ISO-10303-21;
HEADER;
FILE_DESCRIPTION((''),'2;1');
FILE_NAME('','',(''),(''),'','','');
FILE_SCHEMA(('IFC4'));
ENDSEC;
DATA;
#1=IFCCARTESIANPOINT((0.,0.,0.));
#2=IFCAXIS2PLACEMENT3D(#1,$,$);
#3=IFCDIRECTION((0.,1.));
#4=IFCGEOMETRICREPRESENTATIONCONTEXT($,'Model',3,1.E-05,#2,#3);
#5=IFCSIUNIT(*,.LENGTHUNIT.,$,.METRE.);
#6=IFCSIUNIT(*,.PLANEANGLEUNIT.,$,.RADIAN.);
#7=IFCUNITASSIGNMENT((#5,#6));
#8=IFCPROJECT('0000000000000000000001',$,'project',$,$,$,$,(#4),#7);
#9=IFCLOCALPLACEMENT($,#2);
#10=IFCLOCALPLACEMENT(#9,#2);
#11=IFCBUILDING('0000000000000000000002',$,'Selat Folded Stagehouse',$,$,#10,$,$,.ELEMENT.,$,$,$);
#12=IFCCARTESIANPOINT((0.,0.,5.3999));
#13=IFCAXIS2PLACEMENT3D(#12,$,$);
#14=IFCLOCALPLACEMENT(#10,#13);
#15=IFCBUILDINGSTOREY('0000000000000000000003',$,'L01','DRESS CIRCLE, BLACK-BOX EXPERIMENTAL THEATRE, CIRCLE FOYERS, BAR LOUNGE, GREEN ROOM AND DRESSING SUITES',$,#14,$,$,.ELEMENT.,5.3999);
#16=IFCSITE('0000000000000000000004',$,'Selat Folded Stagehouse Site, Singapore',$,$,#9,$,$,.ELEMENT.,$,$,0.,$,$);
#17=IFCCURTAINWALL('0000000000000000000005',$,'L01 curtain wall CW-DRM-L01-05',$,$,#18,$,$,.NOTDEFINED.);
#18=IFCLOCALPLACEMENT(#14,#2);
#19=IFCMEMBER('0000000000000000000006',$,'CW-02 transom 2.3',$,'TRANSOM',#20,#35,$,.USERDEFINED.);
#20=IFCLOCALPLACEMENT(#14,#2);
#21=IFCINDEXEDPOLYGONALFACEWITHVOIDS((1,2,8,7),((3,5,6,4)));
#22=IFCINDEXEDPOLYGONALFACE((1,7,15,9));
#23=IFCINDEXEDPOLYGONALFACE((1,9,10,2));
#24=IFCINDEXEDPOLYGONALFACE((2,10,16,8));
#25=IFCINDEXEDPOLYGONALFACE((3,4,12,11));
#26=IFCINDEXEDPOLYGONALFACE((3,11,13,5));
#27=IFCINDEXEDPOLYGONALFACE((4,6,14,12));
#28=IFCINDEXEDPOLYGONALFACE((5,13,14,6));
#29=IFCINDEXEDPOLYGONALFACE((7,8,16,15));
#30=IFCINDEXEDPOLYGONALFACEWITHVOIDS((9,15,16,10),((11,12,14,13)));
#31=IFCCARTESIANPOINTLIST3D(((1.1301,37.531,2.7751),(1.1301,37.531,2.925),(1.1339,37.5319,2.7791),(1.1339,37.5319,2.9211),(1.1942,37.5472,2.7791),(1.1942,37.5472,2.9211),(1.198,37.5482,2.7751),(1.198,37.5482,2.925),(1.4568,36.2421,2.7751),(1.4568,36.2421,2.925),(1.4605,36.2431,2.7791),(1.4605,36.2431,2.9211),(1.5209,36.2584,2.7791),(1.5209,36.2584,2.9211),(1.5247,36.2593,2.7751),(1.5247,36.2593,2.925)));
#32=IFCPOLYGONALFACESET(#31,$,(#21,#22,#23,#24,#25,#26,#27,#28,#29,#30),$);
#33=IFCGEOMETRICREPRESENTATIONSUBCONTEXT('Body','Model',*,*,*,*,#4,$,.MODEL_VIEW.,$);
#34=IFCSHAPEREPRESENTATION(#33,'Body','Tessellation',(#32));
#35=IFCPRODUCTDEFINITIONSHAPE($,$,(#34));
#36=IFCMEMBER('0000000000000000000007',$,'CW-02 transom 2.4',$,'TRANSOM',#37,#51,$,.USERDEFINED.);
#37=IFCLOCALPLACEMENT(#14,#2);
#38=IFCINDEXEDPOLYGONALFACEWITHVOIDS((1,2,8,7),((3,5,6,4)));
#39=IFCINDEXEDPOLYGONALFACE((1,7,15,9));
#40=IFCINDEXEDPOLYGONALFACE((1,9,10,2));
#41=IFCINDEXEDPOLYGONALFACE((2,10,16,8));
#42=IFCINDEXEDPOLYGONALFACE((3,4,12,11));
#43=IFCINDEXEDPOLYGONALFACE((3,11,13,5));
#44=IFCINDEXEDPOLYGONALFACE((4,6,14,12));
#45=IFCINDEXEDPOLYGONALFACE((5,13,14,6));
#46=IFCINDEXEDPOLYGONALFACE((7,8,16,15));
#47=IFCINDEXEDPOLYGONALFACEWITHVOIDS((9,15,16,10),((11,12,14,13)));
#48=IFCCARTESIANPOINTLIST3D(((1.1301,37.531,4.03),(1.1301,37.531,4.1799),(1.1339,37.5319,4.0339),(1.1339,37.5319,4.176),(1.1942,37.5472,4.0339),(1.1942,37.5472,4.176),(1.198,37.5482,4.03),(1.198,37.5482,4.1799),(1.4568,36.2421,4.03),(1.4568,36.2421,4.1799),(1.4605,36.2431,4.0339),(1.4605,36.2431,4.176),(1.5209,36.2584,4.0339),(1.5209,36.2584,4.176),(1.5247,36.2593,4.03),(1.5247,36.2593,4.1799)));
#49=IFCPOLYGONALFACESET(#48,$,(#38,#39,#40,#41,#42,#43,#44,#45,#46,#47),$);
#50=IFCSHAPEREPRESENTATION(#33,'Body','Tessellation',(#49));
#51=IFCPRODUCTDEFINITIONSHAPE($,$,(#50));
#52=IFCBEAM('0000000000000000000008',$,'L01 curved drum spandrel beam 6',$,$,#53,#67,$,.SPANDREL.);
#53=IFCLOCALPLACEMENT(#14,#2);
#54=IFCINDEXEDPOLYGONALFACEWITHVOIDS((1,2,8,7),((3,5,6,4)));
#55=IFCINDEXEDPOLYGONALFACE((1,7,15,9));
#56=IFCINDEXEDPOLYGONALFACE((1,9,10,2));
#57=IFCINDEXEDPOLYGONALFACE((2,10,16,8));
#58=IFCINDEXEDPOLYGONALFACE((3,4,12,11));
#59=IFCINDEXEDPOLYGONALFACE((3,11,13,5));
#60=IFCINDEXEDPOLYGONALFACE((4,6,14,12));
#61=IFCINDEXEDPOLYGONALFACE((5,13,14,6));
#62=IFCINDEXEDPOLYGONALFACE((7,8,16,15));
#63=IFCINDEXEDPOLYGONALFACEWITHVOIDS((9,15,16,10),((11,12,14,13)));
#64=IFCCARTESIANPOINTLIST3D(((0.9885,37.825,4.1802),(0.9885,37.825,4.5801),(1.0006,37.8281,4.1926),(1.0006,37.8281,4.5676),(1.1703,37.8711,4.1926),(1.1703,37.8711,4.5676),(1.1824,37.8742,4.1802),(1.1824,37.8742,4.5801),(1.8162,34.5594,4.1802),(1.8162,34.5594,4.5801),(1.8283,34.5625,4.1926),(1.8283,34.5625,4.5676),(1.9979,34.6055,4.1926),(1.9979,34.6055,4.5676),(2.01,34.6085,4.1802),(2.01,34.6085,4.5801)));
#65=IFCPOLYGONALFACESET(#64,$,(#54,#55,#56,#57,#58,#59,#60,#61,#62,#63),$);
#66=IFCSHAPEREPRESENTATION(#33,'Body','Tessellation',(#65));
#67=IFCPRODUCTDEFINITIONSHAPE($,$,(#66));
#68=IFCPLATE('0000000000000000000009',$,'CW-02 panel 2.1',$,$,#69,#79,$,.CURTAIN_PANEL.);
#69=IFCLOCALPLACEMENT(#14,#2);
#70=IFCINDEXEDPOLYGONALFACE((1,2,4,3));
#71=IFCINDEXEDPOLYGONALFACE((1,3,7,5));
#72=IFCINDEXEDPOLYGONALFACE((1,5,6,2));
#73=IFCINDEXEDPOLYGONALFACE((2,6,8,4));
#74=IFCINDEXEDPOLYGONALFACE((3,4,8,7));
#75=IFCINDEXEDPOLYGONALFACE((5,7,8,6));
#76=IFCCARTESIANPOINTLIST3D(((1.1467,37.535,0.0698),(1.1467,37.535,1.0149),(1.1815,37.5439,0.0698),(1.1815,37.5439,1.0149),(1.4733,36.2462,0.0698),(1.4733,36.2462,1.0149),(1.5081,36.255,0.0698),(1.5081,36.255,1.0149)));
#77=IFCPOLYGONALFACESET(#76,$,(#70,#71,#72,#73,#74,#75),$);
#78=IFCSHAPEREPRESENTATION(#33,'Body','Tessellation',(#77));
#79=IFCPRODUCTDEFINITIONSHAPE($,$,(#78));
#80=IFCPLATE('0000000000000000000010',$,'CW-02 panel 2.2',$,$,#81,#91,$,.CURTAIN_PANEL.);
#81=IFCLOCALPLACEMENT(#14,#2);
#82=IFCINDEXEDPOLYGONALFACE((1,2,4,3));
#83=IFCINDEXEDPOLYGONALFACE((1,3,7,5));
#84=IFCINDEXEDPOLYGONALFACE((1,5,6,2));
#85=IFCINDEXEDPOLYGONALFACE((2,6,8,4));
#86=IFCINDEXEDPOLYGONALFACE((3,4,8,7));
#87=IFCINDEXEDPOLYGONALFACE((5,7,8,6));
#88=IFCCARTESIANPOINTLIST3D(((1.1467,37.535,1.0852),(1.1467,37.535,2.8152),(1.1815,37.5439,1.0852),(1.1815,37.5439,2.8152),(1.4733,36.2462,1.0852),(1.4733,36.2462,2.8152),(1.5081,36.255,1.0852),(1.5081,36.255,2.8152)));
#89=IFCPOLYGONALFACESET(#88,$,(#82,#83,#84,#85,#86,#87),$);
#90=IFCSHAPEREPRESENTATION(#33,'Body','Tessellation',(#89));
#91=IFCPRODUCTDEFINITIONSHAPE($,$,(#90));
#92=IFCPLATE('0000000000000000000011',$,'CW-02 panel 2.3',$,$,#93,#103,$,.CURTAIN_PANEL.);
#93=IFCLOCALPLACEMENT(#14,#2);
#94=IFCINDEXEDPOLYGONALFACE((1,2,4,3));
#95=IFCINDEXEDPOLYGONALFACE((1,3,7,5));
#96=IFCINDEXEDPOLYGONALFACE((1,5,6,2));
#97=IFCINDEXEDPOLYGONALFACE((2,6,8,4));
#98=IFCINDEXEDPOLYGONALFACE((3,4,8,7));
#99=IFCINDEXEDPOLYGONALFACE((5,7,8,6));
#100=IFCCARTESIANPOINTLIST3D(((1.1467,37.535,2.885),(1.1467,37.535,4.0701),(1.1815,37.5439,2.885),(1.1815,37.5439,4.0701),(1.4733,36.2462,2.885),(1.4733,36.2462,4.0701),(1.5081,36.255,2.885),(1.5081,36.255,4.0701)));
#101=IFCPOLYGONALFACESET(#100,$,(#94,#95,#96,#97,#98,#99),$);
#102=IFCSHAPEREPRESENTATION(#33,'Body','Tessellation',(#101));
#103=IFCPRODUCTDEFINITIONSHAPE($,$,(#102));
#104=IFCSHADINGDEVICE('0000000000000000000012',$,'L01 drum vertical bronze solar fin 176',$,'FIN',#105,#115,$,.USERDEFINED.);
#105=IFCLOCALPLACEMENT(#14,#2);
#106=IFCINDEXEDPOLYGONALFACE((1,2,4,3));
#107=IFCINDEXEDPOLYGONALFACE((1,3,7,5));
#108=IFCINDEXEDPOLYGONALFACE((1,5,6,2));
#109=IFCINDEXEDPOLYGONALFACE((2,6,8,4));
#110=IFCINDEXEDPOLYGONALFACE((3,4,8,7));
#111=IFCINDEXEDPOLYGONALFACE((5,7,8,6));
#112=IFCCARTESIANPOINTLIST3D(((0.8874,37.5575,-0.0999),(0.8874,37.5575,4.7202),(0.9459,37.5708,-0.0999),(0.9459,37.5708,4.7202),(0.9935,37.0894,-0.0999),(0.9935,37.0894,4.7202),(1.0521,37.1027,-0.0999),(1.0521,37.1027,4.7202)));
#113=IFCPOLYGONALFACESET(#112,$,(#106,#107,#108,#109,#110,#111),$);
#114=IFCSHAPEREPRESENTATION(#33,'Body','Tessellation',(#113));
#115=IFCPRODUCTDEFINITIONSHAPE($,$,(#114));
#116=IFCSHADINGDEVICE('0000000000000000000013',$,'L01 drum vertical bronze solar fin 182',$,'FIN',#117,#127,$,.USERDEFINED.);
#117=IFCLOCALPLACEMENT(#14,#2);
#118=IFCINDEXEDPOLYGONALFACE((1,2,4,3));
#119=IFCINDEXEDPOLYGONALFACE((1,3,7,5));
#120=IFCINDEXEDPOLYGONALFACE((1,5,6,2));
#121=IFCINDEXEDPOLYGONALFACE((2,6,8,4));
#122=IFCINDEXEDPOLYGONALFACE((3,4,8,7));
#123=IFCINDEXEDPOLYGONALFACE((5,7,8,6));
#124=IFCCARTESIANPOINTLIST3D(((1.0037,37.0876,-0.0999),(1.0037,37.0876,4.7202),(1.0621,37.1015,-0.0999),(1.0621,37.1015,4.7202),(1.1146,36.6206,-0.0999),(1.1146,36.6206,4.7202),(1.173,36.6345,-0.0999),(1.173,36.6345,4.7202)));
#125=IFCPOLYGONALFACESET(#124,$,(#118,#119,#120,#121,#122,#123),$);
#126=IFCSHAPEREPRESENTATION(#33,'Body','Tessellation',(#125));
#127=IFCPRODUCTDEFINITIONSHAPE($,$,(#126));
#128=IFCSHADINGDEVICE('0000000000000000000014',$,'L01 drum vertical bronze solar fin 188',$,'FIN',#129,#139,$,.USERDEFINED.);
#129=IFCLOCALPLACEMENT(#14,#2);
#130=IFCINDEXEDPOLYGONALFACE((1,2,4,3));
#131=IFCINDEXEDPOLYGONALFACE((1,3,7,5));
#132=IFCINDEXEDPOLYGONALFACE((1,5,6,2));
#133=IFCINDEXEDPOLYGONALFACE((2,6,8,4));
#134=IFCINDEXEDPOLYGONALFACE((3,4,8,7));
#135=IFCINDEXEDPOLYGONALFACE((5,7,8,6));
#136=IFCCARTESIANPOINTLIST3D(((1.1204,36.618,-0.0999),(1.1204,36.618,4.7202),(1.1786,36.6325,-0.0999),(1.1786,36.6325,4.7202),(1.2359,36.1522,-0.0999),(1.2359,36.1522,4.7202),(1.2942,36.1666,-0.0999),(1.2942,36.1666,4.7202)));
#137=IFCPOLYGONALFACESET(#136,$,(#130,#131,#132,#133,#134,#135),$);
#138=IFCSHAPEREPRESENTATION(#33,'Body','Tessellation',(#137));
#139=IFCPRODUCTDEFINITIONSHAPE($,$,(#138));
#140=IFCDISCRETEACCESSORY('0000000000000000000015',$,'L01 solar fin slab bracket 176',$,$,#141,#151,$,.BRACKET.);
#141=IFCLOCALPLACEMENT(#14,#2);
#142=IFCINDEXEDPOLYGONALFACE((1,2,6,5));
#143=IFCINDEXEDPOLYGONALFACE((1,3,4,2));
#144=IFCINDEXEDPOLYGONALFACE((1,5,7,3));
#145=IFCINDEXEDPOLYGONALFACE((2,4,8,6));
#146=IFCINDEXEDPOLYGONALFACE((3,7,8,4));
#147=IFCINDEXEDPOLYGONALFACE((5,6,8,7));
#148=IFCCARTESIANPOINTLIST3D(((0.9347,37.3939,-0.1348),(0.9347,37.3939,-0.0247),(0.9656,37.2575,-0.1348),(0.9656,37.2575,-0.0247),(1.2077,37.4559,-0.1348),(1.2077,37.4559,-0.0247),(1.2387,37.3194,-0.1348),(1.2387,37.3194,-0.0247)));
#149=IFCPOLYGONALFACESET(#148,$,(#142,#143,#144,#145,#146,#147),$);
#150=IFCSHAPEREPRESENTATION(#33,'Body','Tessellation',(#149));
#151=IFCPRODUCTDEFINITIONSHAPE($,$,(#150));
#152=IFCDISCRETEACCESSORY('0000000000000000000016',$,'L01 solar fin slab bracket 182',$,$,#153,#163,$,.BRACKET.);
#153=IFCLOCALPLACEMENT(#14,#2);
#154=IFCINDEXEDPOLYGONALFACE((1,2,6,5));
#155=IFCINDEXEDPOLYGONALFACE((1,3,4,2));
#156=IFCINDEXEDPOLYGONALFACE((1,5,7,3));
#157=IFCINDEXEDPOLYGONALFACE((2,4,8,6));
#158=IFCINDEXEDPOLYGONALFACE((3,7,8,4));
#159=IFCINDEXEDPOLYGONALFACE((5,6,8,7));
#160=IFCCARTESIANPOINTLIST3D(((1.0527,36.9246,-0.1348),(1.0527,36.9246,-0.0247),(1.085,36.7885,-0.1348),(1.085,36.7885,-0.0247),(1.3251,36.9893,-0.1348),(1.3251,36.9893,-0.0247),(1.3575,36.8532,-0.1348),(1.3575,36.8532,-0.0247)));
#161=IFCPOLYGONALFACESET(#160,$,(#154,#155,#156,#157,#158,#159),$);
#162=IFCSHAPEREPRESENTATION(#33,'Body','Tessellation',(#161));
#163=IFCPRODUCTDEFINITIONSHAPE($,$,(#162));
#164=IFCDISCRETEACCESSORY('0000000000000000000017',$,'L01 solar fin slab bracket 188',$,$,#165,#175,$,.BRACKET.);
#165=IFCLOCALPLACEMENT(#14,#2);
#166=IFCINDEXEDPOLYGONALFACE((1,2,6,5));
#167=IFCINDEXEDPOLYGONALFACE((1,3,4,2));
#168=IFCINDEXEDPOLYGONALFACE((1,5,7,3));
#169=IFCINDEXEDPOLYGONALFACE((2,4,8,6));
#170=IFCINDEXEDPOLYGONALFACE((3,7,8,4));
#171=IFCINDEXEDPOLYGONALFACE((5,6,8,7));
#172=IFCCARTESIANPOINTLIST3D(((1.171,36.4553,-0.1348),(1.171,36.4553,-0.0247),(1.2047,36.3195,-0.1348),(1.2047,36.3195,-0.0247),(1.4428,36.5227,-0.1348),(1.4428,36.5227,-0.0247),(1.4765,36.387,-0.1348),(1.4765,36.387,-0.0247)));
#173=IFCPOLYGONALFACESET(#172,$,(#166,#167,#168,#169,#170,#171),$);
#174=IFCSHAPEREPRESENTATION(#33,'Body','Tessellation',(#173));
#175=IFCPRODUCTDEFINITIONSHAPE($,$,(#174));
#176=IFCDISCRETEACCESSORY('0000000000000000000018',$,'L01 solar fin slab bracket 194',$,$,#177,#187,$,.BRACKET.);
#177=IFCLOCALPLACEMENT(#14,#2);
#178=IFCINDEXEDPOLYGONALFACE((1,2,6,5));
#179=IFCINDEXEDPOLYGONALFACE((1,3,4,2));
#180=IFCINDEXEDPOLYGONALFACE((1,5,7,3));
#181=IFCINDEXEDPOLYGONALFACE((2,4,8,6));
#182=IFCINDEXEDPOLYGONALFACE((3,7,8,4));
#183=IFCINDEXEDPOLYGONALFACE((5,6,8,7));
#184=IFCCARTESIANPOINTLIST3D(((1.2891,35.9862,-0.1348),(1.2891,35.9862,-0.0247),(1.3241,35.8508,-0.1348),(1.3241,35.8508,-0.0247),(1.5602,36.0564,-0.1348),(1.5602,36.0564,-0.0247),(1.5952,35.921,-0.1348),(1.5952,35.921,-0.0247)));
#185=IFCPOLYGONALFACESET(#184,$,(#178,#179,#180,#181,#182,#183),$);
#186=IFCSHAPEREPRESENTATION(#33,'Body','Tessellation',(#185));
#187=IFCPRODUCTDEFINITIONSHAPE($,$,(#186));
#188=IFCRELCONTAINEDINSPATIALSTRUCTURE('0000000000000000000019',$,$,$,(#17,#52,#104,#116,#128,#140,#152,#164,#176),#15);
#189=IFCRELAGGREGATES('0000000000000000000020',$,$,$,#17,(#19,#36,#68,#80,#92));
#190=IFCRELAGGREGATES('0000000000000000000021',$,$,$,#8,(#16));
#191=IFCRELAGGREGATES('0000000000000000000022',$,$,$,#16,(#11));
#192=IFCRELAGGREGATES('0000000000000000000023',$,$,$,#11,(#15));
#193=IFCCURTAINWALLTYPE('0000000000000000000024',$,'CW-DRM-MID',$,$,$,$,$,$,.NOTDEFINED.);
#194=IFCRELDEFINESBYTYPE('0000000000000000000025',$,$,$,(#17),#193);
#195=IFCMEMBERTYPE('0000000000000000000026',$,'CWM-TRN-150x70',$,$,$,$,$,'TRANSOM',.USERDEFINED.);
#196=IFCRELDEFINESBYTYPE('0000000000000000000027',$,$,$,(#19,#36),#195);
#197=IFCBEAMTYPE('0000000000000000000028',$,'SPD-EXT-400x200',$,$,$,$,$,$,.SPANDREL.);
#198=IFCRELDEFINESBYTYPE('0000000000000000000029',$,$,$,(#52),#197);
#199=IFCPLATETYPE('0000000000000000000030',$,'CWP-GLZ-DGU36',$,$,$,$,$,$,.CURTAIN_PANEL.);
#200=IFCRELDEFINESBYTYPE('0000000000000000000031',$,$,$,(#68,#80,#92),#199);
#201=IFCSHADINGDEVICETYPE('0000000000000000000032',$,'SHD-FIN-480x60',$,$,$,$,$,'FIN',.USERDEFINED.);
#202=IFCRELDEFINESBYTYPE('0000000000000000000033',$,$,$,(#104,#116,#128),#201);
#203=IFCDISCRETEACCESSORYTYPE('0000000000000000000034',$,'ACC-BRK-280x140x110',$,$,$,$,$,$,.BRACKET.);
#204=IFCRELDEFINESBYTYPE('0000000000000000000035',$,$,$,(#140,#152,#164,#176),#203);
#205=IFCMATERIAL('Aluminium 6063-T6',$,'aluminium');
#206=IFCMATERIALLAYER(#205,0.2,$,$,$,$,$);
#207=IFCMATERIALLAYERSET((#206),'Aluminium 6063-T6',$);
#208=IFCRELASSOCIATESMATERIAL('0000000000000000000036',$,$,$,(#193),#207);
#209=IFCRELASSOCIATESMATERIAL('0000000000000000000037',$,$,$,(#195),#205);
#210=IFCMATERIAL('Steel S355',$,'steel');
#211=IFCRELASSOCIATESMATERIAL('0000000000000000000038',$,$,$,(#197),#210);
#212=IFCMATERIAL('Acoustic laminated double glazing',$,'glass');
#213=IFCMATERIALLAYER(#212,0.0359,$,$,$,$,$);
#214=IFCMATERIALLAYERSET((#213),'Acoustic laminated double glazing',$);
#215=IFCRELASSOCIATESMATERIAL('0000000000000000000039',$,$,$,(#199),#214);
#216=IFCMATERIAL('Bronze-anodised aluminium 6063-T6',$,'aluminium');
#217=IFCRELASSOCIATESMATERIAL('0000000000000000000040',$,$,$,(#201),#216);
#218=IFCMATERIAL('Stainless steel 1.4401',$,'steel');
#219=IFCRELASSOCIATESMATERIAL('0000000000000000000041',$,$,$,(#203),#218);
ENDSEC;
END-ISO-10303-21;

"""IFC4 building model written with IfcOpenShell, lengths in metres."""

from ifc_helpers import new_model, si_unit, direction, frame, origin, origin_2d, place, context, subcontext, project, spatial, rectangle, hollow_rectangle, extrude, material, layer, layer_set, material_profile, profile_set, type_object, element, aggregate, save


model = new_model("IFC4")

# Units and contexts
model_context = context("Model", 3, precision=1e-05, world=origin(), true_north=direction((0.0, 1.0)))
body_context = subcontext(model_context, "Body", "Model", "MODEL_VIEW")
ifc_project = project(units=[si_unit("LENGTHUNIT", "METRE"), si_unit("PLANEANGLEUNIT", "RADIAN")], contexts=[model_context])

# Site, building, storey
site_placement = place(None, origin())
site = spatial("IfcSite", under=ifc_project, at=site_placement, Name="Selat Folded Stagehouse Site, Singapore", CompositionType="ELEMENT", RefElevation=0.0)
building_placement = place(site_placement, origin())
building = spatial("IfcBuilding", under=site, at=building_placement, Name="Selat Folded Stagehouse", CompositionType="ELEMENT")
storey_placement = place(building_placement, frame((0.0, 0.0, 5.3999)))
storey = spatial("IfcBuildingStorey", under=building, at=storey_placement, Name="L01", Description="DRESS CIRCLE, BLACK-BOX EXPERIMENTAL THEATRE, CIRCLE FOYERS, BAR LOUNGE, GREEN ROOM AND DRESSING SUITES", CompositionType="ELEMENT", Elevation=5.3999)

# Shared definitions
ifc_material_1 = material(Name="Steel S355", Category="steel")

# Shared definitions
ifc_material_2 = material(Name="Aluminium 6063-T6", Category="aluminium")
ifc_layer_1 = layer(ifc_material_2, 0.2)
ifc_layer_set_1 = layer_set([ifc_layer_1], Name="Aluminium 6063-T6")
curtain_wall_type = type_object("IfcCurtainWallType", Name="CW-DRM-MID", PredefinedType="NOTDEFINED", material=ifc_layer_set_1)

# Curtain wall
curtain_wall_1_placement = place(storey_placement, origin())
curtain_wall_1 = element("IfcCurtainWall", 1, at=curtain_wall_1_placement, inside=storey, type_object=curtain_wall_type, Name="L01 curtain wall CW-DRM-L01-05", PredefinedType="NOTDEFINED")

# Members
ifc_material_profile_1 = material_profile(ifc_material_2, hollow_rectangle(XDim=0.0701, YDim=0.1499, WallThickness=0.0039, at=origin_2d()), Name="ALU 150x70x4.0")
ifc_profile_set_1 = profile_set([ifc_material_profile_1], Name="Aluminium 6063-T6")
member_type_1 = type_object("IfcMemberType", Name="CWM-TRN-150x70", ElementType="TRANSOM", PredefinedType="USERDEFINED", material=ifc_profile_set_1)
member_1_placement = place(storey_placement, frame((1.4907, 36.2507, 2.8501), z_axis=(-0.245688, 0.969349, 0.0), x_axis=(-0.969349, -0.245688, 0.0)))
member_1 = element("IfcMember", 2, at=member_1_placement, type_object=member_type_1, Name="CW-02 transom 2.3", ObjectType="TRANSOM", PredefinedType="USERDEFINED", context=body_context, shape_type="SweptSolid", body=[
    extrude(hollow_rectangle(XDim=0.0701, YDim=0.1499, WallThickness=0.0039, at=origin_2d()), origin(), (0.0, 0.0, 1.0), 1.3296),
])
member_2_placement = place(storey_placement, frame((1.4907, 36.2507, 4.105), z_axis=(-0.245688, 0.969349, 0.0), x_axis=(-0.969349, -0.245688, 0.0)))
member_2 = element("IfcMember", 3, at=member_2_placement, type_object=member_type_1, Name="CW-02 transom 2.4", ObjectType="TRANSOM", PredefinedType="USERDEFINED", context=body_context, shape_type="SweptSolid", body=[
    extrude(hollow_rectangle(XDim=0.0701, YDim=0.1499, WallThickness=0.0039, at=origin_2d()), origin(), (0.0, 0.0, 1.0), 1.3296),
])

# Beam
ifc_material_profile_2 = material_profile(ifc_material_1, hollow_rectangle(XDim=0.2, YDim=0.3999, WallThickness=0.0125, at=origin_2d()), Name="RHS 400x200x12.5")
ifc_profile_set_2 = profile_set([ifc_material_profile_2], Name="Steel S355")
beam_type = type_object("IfcBeamType", Name="SPD-EXT-400x200", PredefinedType="SPANDREL", material=ifc_profile_set_2)
beam_placement = place(storey_placement, frame((1.0854, 37.8496, 4.3801), z_axis=(0.245672, -0.969353, 0.0), x_axis=(0.969353, 0.245672, 0.0)))
element("IfcBeam", 4, at=beam_placement, inside=storey, type_object=beam_type, Name="L01 curved drum spandrel beam 6", PredefinedType="SPANDREL", context=body_context, shape_type="SweptSolid", body=[
    extrude(hollow_rectangle(XDim=0.2, YDim=0.3999, WallThickness=0.0125, at=origin_2d()), origin(), (0.0, 0.0, 1.0), 3.3689),
])

# Plates
ifc_material_3 = material(Name="Acoustic laminated double glazing", Category="glass")
ifc_layer_2 = layer(ifc_material_3, 0.0359)
ifc_layer_set_2 = layer_set([ifc_layer_2], Name="Acoustic laminated double glazing")
plate_type = type_object("IfcPlateType", Name="CWP-GLZ-DGU36", PredefinedType="CURTAIN_PANEL", material=ifc_layer_set_2)
plate_1_placement = place(storey_placement, frame((1.3274, 36.895, 0.0698), z_axis=(0.0, 0.0, 1.0), x_axis=(-0.245618, 0.969367, 0.0)))
plate_1 = element("IfcPlate", 5, at=plate_1_placement, type_object=plate_type, Name="CW-02 panel 2.1", PredefinedType="CURTAIN_PANEL", context=body_context, shape_type="SweptSolid", body=[
    extrude(rectangle(XDim=1.3296, YDim=0.0359, at=origin_2d()), origin(), (0.0, 0.0, 1.0), 0.9451),
])
plate_2_placement = place(storey_placement, frame((1.3274, 36.895, 1.0852), z_axis=(0.0, 0.0, 1.0), x_axis=(-0.245618, 0.969367, 0.0)))
plate_2 = element("IfcPlate", 6, at=plate_2_placement, type_object=plate_type, Name="CW-02 panel 2.2", PredefinedType="CURTAIN_PANEL", context=body_context, shape_type="SweptSolid", body=[
    extrude(rectangle(XDim=1.3296, YDim=0.0359, at=origin_2d()), origin(), (0.0, 0.0, 1.0), 1.73),
])
plate_3_placement = place(storey_placement, frame((1.3274, 36.895, 2.885), z_axis=(0.0, 0.0, 1.0), x_axis=(-0.245618, 0.969367, 0.0)))
plate_3 = element("IfcPlate", 7, at=plate_3_placement, type_object=plate_type, Name="CW-02 panel 2.3", PredefinedType="CURTAIN_PANEL", context=body_context, shape_type="SweptSolid", body=[
    extrude(rectangle(XDim=1.3296, YDim=0.0359, at=origin_2d()), origin(), (0.0, 0.0, 1.0), 1.1851),
])
aggregate(curtain_wall_1, [member_1, member_2, plate_1, plate_2, plate_3])

# Shading devices
ifc_material_4 = material(Name="Bronze-anodised aluminium 6063-T6", Category="aluminium")
ifc_material_profile_3 = material_profile(ifc_material_4, rectangle(XDim=0.0601, YDim=0.48, at=origin_2d()), Name="SOLAR-FIN 480x60")
ifc_profile_set_3 = profile_set([ifc_material_profile_3], Name="Bronze-anodised aluminium 6063-T6")
shading_device_type = type_object("IfcShadingDeviceType", Name="SHD-FIN-480x60", ElementType="FIN", PredefinedType="USERDEFINED", material=ifc_profile_set_3)
for number, where, z_axis, x_axis, name in (
    (8, (0.9697, 37.3301, -0.0999), (0.0, 0.0, 1.0), (-0.975227, -0.221208, 0.0), "L01 drum vertical bronze solar fin 176"),
    (9, (1.0884, 36.8611, -0.0999), (0.0, 0.0, 1.0), (-0.972937, -0.231069, 0.0), "L01 drum vertical bronze solar fin 182"),
    (10, (1.2073, 36.3923, -0.0999), (0.0, 0.0, 1.0), (-0.970591, -0.240736, 0.0), "L01 drum vertical bronze solar fin 188"),
):
    element("IfcShadingDevice", number, at=place(storey_placement, frame(where, z_axis=z_axis, x_axis=x_axis)), inside=storey, type_object=shading_device_type, Name=name, ObjectType="FIN", PredefinedType="USERDEFINED", context=body_context, shape_type="SweptSolid", body=[
        extrude(rectangle(XDim=0.0601, YDim=0.48, at=origin_2d()), origin(), (0.0, 0.0, 1.0), 4.8201),
    ])

# Discrete accessories
ifc_material_5 = material(Name="Stainless steel 1.4401", Category="steel")
discrete_accessory_type = type_object("IfcDiscreteAccessoryType", Name="ACC-BRK-280x140x110", PredefinedType="BRACKET", material=ifc_material_5)
for number, where, z_axis, x_axis, name in (
    (11, (1.0867, 37.3567, -0.1348), (0.0, 0.0, 1.0), (-0.975227, -0.221208, 0.0), "L01 solar fin slab bracket 176"),
    (12, (1.2051, 36.8889, -0.1348), (0.0, 0.0, 1.0), (-0.972937, -0.231069, 0.0), "L01 solar fin slab bracket 182"),
    (13, (1.3237, 36.4211, -0.1348), (0.0, 0.0, 1.0), (-0.970591, -0.240736, 0.0), "L01 solar fin slab bracket 188"),
    (14, (1.4421, 35.9536, -0.1348), (0.0, 0.0, 1.0), (-0.968104, -0.250549, 0.0), "L01 solar fin slab bracket 194"),
):
    element("IfcDiscreteAccessory", number, at=place(storey_placement, frame(where, z_axis=z_axis, x_axis=x_axis)), inside=storey, type_object=discrete_accessory_type, Name=name, PredefinedType="BRACKET", context=body_context, shape_type="SweptSolid", body=[
        extrude(rectangle(XDim=0.28, YDim=0.1399, at=origin_2d()), origin(), (0.0, 0.0, 1.0), 0.1101),
    ])

save(model, "model.ifc")
